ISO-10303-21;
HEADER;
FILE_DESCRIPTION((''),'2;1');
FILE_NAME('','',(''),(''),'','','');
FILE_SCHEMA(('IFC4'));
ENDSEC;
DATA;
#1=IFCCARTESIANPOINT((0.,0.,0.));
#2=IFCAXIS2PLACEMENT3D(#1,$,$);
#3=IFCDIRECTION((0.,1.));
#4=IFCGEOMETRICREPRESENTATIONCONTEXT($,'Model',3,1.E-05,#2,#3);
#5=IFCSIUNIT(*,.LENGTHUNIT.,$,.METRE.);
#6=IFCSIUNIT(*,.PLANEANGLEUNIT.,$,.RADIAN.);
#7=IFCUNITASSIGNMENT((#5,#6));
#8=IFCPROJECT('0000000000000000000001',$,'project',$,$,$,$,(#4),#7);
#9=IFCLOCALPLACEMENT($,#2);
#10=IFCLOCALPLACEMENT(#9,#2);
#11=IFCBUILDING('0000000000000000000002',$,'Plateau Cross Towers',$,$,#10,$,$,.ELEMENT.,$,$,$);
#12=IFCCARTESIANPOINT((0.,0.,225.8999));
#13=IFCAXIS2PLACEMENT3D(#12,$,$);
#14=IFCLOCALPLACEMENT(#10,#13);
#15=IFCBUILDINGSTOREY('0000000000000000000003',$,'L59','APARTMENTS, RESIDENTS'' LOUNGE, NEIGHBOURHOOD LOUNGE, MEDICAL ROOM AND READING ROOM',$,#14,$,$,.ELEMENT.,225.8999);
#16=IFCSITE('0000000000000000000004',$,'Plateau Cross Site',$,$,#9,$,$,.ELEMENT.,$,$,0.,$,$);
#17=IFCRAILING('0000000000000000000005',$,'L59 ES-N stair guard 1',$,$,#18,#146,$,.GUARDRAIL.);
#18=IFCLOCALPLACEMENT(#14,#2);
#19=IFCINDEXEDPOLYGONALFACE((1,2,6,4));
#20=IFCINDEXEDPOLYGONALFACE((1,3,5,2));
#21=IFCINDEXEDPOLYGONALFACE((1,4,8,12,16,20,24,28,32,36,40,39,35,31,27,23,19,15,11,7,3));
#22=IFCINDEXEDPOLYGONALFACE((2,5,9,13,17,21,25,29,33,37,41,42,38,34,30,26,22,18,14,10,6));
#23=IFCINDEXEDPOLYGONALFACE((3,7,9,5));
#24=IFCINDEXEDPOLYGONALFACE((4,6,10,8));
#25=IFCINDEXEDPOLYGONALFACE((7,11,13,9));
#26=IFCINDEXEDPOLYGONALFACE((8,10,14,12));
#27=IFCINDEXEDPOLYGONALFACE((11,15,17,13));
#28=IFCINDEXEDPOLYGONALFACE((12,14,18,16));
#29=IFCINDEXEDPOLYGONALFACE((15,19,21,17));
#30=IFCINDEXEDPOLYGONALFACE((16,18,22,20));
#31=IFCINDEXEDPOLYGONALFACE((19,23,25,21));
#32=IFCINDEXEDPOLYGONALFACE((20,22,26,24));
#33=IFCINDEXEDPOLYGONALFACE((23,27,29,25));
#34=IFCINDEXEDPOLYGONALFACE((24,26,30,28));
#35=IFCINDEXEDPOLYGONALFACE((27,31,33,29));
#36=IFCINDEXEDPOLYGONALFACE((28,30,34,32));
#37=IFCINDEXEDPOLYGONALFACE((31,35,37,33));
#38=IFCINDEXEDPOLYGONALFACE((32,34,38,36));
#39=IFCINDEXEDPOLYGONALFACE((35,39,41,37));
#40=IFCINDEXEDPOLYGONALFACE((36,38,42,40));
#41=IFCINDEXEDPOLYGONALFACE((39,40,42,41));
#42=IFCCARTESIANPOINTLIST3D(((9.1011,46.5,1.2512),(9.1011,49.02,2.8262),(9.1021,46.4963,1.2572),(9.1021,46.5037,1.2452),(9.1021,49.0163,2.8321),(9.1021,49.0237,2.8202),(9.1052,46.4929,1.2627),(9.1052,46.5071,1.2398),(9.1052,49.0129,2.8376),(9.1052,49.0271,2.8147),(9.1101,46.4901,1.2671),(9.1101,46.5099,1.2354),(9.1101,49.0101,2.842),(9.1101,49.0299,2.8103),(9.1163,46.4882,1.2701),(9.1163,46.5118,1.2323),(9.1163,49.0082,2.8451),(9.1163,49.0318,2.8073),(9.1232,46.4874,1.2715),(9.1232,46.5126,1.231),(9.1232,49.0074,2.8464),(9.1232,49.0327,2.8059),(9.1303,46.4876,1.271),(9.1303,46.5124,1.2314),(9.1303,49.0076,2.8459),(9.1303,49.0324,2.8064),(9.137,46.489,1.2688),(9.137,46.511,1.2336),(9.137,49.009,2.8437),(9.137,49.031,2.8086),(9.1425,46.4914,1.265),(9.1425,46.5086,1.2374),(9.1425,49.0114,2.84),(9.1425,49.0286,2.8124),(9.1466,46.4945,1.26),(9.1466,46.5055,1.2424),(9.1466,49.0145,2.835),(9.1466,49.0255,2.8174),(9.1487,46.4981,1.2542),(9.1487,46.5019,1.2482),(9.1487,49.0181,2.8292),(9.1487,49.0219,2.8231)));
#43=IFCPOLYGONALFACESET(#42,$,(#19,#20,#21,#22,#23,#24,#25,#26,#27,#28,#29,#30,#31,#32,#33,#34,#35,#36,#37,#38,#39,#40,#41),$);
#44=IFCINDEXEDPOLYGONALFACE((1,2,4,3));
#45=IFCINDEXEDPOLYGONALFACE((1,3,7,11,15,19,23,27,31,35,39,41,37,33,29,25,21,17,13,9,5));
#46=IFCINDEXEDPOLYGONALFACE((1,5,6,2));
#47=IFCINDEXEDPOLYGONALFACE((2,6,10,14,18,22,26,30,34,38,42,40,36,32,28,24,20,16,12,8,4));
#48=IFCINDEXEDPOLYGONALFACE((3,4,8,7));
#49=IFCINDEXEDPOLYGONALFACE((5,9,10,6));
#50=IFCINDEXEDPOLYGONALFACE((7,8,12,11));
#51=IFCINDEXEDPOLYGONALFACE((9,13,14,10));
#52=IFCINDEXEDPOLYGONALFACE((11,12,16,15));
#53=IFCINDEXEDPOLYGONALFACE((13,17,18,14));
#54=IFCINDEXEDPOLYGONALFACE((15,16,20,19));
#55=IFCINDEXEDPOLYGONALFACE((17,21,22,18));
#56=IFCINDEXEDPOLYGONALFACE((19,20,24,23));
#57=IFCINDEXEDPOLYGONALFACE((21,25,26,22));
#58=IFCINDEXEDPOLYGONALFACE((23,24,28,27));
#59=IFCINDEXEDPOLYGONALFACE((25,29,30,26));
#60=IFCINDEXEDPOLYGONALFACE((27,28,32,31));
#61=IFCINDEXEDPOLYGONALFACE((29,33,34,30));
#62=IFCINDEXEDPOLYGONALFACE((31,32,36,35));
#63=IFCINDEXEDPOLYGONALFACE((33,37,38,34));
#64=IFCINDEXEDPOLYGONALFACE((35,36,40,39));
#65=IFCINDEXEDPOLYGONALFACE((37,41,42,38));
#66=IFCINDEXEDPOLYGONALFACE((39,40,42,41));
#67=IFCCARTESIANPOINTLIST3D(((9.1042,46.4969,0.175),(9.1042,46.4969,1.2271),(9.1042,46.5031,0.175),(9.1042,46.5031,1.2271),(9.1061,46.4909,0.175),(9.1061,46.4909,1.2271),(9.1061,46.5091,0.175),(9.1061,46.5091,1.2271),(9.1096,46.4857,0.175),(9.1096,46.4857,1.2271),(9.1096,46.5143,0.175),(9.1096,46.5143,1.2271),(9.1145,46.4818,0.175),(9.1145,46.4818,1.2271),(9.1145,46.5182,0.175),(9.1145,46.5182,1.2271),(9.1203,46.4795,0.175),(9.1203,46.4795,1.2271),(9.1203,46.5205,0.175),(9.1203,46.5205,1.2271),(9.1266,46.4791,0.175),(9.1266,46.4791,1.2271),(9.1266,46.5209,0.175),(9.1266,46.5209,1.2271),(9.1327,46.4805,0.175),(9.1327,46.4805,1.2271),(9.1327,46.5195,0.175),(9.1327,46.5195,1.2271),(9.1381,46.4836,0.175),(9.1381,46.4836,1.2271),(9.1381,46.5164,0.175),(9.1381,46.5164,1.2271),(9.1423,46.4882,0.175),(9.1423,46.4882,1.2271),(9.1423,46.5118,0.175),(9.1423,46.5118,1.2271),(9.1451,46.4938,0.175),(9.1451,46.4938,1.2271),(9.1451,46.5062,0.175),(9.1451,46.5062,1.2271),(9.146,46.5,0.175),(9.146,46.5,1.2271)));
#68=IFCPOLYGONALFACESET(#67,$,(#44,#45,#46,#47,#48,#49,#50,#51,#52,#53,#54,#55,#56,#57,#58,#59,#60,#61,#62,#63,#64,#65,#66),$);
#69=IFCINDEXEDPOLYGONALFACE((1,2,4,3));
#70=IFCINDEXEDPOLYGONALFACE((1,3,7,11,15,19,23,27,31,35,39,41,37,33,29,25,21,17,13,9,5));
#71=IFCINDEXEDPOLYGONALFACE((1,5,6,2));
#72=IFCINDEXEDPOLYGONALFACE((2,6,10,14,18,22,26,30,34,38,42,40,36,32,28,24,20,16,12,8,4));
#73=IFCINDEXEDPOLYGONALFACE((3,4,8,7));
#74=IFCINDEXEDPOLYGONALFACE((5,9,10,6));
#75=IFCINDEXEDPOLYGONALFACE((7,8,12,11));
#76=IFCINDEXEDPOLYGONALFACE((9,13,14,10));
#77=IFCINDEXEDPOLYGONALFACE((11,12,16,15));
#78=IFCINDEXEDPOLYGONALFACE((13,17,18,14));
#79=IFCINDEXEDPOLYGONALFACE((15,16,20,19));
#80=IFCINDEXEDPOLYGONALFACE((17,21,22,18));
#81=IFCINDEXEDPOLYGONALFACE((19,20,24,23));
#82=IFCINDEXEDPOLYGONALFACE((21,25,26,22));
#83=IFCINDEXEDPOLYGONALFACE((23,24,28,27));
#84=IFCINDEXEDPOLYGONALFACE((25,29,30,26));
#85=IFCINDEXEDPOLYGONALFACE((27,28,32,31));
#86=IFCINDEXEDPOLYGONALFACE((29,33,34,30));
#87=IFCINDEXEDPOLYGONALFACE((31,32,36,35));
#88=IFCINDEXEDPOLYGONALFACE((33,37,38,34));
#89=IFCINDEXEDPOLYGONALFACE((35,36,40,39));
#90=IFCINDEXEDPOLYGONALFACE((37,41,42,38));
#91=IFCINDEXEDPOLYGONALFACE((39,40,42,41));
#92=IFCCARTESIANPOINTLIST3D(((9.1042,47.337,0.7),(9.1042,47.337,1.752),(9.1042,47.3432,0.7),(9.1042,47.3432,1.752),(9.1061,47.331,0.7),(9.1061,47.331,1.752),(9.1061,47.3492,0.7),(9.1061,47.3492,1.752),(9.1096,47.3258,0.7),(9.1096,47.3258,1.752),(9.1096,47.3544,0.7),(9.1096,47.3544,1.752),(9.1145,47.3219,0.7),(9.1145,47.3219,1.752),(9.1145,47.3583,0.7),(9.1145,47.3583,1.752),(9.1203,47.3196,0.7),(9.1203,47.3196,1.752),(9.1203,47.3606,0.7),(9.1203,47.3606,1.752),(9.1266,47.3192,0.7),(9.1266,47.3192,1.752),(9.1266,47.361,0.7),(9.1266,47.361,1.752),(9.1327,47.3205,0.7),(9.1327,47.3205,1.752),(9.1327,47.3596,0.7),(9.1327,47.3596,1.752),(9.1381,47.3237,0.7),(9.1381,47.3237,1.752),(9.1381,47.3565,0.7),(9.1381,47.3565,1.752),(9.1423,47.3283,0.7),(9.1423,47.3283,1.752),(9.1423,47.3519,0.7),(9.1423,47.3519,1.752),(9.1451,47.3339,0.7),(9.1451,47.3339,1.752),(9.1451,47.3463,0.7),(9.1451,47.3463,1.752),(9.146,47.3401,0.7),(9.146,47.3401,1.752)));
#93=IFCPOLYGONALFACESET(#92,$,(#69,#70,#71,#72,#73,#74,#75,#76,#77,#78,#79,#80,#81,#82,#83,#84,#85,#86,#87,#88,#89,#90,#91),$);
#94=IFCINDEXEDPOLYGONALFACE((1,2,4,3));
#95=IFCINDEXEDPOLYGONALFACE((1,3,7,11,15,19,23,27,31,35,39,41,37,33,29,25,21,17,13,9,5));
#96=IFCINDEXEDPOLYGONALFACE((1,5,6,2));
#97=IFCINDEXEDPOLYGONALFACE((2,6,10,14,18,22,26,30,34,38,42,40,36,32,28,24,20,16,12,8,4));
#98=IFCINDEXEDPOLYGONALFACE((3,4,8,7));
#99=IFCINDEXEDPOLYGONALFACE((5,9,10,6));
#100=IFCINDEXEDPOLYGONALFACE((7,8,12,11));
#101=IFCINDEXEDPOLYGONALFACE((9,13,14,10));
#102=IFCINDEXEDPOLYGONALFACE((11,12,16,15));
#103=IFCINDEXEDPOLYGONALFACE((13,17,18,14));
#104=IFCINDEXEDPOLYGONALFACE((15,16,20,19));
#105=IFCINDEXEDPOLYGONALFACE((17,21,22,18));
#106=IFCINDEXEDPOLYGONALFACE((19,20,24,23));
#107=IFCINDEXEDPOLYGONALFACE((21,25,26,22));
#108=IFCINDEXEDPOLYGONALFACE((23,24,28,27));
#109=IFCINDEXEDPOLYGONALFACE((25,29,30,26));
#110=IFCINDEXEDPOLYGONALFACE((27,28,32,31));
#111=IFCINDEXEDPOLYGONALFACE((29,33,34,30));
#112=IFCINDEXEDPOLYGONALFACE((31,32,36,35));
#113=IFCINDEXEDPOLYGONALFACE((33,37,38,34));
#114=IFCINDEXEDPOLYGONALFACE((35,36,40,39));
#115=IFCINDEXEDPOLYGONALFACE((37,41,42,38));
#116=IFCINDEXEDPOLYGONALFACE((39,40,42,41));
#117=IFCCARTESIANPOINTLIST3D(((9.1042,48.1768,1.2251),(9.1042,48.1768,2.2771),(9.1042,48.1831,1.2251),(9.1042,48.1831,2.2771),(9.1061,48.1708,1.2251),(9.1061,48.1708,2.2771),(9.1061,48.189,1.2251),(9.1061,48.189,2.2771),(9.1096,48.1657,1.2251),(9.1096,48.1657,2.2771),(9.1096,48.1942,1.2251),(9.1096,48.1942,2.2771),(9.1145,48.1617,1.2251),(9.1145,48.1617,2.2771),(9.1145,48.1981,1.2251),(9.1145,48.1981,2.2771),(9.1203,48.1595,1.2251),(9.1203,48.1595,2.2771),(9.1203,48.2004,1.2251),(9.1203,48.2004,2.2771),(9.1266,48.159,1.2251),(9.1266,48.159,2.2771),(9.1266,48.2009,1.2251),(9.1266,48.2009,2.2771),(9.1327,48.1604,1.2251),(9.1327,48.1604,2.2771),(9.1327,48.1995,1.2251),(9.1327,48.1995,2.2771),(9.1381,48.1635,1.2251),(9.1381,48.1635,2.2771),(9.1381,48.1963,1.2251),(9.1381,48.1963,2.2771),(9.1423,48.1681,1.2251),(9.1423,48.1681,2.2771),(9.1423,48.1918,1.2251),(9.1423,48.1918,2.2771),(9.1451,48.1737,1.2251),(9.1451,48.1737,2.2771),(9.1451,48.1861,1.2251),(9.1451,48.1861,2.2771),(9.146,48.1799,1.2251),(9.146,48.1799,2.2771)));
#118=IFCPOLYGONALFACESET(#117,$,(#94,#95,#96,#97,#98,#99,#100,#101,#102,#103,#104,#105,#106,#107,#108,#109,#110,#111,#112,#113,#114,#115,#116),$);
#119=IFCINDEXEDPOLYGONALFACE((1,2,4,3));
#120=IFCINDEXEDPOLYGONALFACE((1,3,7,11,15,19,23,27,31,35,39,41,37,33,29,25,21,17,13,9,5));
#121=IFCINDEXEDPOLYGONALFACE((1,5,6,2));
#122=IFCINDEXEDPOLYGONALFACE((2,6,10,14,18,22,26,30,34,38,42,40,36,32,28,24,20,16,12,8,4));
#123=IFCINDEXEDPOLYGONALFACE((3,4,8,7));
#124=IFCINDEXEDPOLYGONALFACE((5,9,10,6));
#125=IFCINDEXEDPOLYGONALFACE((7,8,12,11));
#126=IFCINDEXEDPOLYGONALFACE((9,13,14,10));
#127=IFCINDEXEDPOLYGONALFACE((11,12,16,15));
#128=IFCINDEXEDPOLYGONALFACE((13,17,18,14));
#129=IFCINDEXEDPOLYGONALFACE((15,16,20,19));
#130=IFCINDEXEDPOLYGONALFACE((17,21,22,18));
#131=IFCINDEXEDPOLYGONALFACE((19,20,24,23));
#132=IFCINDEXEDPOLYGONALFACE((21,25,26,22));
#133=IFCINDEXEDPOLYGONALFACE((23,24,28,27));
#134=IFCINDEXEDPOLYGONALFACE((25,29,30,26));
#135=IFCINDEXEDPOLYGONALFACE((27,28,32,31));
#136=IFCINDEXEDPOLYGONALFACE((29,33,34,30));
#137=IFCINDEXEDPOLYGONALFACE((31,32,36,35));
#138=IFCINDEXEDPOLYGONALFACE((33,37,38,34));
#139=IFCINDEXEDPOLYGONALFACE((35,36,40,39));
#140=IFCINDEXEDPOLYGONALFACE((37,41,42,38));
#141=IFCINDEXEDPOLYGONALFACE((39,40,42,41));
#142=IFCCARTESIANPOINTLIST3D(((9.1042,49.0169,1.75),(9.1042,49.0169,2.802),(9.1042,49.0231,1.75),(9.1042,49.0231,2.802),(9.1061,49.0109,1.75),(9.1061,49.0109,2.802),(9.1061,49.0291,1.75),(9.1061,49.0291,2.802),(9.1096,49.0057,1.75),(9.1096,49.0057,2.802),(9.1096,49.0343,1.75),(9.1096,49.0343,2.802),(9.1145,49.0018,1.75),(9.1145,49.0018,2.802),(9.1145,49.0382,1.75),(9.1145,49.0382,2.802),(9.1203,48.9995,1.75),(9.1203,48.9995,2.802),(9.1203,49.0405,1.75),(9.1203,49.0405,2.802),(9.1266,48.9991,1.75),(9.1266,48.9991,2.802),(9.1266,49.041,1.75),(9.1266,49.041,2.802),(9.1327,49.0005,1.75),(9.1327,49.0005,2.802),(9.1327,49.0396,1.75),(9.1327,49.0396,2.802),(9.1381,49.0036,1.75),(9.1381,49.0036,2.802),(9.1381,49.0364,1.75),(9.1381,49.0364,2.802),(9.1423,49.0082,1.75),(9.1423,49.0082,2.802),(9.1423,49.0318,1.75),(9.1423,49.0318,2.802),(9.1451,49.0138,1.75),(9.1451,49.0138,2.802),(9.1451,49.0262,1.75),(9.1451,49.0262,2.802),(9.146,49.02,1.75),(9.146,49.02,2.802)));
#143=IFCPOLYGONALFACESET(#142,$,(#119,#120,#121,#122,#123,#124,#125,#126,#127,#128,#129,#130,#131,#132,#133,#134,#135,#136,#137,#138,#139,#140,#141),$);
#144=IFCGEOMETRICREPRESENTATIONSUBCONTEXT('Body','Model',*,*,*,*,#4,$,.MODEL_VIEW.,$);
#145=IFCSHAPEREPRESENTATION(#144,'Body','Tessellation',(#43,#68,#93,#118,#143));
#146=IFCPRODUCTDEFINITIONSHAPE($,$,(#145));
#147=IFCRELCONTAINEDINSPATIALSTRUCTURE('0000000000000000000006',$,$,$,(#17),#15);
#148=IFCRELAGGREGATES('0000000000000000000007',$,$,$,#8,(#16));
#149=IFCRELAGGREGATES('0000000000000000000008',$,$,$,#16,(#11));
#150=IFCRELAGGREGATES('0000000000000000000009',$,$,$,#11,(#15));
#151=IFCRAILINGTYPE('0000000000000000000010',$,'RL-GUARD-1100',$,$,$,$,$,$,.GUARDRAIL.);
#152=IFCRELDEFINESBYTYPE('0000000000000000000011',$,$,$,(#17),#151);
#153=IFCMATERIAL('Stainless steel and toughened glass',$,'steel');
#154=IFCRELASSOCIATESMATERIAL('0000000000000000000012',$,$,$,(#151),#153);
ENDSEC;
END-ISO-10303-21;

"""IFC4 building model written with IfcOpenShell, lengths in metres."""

from ifc_helpers import new_model, si_unit, direction, frame, origin, origin_2d, place, context, subcontext, project, spatial, circle, extrude, material, type_object, element, save


model = new_model("IFC4")

# Units and contexts
model_context = context("Model", 3, precision=1e-05, world=origin(), true_north=direction((0.0, 1.0)))
body_context = subcontext(model_context, "Body", "Model", "MODEL_VIEW")
ifc_project = project(units=[si_unit("LENGTHUNIT", "METRE"), si_unit("PLANEANGLEUNIT", "RADIAN")], contexts=[model_context])

# Site, building, storey
site_placement = place(None, origin())
site = spatial("IfcSite", under=ifc_project, at=site_placement, Name="Plateau Cross Site", CompositionType="ELEMENT", RefElevation=0.0)
building_placement = place(site_placement, origin())
building = spatial("IfcBuilding", under=site, at=building_placement, Name="Plateau Cross Towers", CompositionType="ELEMENT")
storey_placement = place(building_placement, frame((0.0, 0.0, 225.8999)))
storey = spatial("IfcBuildingStorey", under=building, at=storey_placement, Name="L59", Description="APARTMENTS, RESIDENTS' LOUNGE, NEIGHBOURHOOD LOUNGE, MEDICAL ROOM AND READING ROOM", CompositionType="ELEMENT", Elevation=225.8999)

# Railing
ifc_material_1 = material(Name="Stainless steel and toughened glass", Category="steel")
railing_type_1 = type_object("IfcRailingType", Name="RL-GUARD-1100", PredefinedType="GUARDRAIL", material=ifc_material_1)
railing_1_placement = place(storey_placement, frame((9.125, 46.5, 0.175)))
element("IfcRailing", 1, at=railing_1_placement, inside=storey, type_object=railing_type_1, Name="L59 ES-N stair guard 1", PredefinedType="GUARDRAIL", context=body_context, shape_type="SweptSolid", body=[
    extrude(circle(Radius=0.0239, at=origin_2d()), frame((0.0, 0.0, 1.0762), z_axis=(0.0, 0.848008, 0.529984), x_axis=(-1.0, 0.0, 0.0)), (0.0, 0.0, 1.0), 2.9717),
    extrude(circle(Radius=0.021, at=origin_2d()), origin(), (0.0, 0.0, 1.0), 1.052),
    extrude(circle(Radius=0.021, at=origin_2d()), frame((0.0, 0.8401, 0.5249)), (0.0, 0.0, 1.0), 1.052),
    extrude(circle(Radius=0.021, at=origin_2d()), frame((0.0, 1.6799, 1.05)), (0.0, 0.0, 1.0), 1.052),
    extrude(circle(Radius=0.021, at=origin_2d()), frame((0.0, 2.52, 1.575)), (0.0, 0.0, 1.0), 1.052),
])

save(model, "model.ifc")
